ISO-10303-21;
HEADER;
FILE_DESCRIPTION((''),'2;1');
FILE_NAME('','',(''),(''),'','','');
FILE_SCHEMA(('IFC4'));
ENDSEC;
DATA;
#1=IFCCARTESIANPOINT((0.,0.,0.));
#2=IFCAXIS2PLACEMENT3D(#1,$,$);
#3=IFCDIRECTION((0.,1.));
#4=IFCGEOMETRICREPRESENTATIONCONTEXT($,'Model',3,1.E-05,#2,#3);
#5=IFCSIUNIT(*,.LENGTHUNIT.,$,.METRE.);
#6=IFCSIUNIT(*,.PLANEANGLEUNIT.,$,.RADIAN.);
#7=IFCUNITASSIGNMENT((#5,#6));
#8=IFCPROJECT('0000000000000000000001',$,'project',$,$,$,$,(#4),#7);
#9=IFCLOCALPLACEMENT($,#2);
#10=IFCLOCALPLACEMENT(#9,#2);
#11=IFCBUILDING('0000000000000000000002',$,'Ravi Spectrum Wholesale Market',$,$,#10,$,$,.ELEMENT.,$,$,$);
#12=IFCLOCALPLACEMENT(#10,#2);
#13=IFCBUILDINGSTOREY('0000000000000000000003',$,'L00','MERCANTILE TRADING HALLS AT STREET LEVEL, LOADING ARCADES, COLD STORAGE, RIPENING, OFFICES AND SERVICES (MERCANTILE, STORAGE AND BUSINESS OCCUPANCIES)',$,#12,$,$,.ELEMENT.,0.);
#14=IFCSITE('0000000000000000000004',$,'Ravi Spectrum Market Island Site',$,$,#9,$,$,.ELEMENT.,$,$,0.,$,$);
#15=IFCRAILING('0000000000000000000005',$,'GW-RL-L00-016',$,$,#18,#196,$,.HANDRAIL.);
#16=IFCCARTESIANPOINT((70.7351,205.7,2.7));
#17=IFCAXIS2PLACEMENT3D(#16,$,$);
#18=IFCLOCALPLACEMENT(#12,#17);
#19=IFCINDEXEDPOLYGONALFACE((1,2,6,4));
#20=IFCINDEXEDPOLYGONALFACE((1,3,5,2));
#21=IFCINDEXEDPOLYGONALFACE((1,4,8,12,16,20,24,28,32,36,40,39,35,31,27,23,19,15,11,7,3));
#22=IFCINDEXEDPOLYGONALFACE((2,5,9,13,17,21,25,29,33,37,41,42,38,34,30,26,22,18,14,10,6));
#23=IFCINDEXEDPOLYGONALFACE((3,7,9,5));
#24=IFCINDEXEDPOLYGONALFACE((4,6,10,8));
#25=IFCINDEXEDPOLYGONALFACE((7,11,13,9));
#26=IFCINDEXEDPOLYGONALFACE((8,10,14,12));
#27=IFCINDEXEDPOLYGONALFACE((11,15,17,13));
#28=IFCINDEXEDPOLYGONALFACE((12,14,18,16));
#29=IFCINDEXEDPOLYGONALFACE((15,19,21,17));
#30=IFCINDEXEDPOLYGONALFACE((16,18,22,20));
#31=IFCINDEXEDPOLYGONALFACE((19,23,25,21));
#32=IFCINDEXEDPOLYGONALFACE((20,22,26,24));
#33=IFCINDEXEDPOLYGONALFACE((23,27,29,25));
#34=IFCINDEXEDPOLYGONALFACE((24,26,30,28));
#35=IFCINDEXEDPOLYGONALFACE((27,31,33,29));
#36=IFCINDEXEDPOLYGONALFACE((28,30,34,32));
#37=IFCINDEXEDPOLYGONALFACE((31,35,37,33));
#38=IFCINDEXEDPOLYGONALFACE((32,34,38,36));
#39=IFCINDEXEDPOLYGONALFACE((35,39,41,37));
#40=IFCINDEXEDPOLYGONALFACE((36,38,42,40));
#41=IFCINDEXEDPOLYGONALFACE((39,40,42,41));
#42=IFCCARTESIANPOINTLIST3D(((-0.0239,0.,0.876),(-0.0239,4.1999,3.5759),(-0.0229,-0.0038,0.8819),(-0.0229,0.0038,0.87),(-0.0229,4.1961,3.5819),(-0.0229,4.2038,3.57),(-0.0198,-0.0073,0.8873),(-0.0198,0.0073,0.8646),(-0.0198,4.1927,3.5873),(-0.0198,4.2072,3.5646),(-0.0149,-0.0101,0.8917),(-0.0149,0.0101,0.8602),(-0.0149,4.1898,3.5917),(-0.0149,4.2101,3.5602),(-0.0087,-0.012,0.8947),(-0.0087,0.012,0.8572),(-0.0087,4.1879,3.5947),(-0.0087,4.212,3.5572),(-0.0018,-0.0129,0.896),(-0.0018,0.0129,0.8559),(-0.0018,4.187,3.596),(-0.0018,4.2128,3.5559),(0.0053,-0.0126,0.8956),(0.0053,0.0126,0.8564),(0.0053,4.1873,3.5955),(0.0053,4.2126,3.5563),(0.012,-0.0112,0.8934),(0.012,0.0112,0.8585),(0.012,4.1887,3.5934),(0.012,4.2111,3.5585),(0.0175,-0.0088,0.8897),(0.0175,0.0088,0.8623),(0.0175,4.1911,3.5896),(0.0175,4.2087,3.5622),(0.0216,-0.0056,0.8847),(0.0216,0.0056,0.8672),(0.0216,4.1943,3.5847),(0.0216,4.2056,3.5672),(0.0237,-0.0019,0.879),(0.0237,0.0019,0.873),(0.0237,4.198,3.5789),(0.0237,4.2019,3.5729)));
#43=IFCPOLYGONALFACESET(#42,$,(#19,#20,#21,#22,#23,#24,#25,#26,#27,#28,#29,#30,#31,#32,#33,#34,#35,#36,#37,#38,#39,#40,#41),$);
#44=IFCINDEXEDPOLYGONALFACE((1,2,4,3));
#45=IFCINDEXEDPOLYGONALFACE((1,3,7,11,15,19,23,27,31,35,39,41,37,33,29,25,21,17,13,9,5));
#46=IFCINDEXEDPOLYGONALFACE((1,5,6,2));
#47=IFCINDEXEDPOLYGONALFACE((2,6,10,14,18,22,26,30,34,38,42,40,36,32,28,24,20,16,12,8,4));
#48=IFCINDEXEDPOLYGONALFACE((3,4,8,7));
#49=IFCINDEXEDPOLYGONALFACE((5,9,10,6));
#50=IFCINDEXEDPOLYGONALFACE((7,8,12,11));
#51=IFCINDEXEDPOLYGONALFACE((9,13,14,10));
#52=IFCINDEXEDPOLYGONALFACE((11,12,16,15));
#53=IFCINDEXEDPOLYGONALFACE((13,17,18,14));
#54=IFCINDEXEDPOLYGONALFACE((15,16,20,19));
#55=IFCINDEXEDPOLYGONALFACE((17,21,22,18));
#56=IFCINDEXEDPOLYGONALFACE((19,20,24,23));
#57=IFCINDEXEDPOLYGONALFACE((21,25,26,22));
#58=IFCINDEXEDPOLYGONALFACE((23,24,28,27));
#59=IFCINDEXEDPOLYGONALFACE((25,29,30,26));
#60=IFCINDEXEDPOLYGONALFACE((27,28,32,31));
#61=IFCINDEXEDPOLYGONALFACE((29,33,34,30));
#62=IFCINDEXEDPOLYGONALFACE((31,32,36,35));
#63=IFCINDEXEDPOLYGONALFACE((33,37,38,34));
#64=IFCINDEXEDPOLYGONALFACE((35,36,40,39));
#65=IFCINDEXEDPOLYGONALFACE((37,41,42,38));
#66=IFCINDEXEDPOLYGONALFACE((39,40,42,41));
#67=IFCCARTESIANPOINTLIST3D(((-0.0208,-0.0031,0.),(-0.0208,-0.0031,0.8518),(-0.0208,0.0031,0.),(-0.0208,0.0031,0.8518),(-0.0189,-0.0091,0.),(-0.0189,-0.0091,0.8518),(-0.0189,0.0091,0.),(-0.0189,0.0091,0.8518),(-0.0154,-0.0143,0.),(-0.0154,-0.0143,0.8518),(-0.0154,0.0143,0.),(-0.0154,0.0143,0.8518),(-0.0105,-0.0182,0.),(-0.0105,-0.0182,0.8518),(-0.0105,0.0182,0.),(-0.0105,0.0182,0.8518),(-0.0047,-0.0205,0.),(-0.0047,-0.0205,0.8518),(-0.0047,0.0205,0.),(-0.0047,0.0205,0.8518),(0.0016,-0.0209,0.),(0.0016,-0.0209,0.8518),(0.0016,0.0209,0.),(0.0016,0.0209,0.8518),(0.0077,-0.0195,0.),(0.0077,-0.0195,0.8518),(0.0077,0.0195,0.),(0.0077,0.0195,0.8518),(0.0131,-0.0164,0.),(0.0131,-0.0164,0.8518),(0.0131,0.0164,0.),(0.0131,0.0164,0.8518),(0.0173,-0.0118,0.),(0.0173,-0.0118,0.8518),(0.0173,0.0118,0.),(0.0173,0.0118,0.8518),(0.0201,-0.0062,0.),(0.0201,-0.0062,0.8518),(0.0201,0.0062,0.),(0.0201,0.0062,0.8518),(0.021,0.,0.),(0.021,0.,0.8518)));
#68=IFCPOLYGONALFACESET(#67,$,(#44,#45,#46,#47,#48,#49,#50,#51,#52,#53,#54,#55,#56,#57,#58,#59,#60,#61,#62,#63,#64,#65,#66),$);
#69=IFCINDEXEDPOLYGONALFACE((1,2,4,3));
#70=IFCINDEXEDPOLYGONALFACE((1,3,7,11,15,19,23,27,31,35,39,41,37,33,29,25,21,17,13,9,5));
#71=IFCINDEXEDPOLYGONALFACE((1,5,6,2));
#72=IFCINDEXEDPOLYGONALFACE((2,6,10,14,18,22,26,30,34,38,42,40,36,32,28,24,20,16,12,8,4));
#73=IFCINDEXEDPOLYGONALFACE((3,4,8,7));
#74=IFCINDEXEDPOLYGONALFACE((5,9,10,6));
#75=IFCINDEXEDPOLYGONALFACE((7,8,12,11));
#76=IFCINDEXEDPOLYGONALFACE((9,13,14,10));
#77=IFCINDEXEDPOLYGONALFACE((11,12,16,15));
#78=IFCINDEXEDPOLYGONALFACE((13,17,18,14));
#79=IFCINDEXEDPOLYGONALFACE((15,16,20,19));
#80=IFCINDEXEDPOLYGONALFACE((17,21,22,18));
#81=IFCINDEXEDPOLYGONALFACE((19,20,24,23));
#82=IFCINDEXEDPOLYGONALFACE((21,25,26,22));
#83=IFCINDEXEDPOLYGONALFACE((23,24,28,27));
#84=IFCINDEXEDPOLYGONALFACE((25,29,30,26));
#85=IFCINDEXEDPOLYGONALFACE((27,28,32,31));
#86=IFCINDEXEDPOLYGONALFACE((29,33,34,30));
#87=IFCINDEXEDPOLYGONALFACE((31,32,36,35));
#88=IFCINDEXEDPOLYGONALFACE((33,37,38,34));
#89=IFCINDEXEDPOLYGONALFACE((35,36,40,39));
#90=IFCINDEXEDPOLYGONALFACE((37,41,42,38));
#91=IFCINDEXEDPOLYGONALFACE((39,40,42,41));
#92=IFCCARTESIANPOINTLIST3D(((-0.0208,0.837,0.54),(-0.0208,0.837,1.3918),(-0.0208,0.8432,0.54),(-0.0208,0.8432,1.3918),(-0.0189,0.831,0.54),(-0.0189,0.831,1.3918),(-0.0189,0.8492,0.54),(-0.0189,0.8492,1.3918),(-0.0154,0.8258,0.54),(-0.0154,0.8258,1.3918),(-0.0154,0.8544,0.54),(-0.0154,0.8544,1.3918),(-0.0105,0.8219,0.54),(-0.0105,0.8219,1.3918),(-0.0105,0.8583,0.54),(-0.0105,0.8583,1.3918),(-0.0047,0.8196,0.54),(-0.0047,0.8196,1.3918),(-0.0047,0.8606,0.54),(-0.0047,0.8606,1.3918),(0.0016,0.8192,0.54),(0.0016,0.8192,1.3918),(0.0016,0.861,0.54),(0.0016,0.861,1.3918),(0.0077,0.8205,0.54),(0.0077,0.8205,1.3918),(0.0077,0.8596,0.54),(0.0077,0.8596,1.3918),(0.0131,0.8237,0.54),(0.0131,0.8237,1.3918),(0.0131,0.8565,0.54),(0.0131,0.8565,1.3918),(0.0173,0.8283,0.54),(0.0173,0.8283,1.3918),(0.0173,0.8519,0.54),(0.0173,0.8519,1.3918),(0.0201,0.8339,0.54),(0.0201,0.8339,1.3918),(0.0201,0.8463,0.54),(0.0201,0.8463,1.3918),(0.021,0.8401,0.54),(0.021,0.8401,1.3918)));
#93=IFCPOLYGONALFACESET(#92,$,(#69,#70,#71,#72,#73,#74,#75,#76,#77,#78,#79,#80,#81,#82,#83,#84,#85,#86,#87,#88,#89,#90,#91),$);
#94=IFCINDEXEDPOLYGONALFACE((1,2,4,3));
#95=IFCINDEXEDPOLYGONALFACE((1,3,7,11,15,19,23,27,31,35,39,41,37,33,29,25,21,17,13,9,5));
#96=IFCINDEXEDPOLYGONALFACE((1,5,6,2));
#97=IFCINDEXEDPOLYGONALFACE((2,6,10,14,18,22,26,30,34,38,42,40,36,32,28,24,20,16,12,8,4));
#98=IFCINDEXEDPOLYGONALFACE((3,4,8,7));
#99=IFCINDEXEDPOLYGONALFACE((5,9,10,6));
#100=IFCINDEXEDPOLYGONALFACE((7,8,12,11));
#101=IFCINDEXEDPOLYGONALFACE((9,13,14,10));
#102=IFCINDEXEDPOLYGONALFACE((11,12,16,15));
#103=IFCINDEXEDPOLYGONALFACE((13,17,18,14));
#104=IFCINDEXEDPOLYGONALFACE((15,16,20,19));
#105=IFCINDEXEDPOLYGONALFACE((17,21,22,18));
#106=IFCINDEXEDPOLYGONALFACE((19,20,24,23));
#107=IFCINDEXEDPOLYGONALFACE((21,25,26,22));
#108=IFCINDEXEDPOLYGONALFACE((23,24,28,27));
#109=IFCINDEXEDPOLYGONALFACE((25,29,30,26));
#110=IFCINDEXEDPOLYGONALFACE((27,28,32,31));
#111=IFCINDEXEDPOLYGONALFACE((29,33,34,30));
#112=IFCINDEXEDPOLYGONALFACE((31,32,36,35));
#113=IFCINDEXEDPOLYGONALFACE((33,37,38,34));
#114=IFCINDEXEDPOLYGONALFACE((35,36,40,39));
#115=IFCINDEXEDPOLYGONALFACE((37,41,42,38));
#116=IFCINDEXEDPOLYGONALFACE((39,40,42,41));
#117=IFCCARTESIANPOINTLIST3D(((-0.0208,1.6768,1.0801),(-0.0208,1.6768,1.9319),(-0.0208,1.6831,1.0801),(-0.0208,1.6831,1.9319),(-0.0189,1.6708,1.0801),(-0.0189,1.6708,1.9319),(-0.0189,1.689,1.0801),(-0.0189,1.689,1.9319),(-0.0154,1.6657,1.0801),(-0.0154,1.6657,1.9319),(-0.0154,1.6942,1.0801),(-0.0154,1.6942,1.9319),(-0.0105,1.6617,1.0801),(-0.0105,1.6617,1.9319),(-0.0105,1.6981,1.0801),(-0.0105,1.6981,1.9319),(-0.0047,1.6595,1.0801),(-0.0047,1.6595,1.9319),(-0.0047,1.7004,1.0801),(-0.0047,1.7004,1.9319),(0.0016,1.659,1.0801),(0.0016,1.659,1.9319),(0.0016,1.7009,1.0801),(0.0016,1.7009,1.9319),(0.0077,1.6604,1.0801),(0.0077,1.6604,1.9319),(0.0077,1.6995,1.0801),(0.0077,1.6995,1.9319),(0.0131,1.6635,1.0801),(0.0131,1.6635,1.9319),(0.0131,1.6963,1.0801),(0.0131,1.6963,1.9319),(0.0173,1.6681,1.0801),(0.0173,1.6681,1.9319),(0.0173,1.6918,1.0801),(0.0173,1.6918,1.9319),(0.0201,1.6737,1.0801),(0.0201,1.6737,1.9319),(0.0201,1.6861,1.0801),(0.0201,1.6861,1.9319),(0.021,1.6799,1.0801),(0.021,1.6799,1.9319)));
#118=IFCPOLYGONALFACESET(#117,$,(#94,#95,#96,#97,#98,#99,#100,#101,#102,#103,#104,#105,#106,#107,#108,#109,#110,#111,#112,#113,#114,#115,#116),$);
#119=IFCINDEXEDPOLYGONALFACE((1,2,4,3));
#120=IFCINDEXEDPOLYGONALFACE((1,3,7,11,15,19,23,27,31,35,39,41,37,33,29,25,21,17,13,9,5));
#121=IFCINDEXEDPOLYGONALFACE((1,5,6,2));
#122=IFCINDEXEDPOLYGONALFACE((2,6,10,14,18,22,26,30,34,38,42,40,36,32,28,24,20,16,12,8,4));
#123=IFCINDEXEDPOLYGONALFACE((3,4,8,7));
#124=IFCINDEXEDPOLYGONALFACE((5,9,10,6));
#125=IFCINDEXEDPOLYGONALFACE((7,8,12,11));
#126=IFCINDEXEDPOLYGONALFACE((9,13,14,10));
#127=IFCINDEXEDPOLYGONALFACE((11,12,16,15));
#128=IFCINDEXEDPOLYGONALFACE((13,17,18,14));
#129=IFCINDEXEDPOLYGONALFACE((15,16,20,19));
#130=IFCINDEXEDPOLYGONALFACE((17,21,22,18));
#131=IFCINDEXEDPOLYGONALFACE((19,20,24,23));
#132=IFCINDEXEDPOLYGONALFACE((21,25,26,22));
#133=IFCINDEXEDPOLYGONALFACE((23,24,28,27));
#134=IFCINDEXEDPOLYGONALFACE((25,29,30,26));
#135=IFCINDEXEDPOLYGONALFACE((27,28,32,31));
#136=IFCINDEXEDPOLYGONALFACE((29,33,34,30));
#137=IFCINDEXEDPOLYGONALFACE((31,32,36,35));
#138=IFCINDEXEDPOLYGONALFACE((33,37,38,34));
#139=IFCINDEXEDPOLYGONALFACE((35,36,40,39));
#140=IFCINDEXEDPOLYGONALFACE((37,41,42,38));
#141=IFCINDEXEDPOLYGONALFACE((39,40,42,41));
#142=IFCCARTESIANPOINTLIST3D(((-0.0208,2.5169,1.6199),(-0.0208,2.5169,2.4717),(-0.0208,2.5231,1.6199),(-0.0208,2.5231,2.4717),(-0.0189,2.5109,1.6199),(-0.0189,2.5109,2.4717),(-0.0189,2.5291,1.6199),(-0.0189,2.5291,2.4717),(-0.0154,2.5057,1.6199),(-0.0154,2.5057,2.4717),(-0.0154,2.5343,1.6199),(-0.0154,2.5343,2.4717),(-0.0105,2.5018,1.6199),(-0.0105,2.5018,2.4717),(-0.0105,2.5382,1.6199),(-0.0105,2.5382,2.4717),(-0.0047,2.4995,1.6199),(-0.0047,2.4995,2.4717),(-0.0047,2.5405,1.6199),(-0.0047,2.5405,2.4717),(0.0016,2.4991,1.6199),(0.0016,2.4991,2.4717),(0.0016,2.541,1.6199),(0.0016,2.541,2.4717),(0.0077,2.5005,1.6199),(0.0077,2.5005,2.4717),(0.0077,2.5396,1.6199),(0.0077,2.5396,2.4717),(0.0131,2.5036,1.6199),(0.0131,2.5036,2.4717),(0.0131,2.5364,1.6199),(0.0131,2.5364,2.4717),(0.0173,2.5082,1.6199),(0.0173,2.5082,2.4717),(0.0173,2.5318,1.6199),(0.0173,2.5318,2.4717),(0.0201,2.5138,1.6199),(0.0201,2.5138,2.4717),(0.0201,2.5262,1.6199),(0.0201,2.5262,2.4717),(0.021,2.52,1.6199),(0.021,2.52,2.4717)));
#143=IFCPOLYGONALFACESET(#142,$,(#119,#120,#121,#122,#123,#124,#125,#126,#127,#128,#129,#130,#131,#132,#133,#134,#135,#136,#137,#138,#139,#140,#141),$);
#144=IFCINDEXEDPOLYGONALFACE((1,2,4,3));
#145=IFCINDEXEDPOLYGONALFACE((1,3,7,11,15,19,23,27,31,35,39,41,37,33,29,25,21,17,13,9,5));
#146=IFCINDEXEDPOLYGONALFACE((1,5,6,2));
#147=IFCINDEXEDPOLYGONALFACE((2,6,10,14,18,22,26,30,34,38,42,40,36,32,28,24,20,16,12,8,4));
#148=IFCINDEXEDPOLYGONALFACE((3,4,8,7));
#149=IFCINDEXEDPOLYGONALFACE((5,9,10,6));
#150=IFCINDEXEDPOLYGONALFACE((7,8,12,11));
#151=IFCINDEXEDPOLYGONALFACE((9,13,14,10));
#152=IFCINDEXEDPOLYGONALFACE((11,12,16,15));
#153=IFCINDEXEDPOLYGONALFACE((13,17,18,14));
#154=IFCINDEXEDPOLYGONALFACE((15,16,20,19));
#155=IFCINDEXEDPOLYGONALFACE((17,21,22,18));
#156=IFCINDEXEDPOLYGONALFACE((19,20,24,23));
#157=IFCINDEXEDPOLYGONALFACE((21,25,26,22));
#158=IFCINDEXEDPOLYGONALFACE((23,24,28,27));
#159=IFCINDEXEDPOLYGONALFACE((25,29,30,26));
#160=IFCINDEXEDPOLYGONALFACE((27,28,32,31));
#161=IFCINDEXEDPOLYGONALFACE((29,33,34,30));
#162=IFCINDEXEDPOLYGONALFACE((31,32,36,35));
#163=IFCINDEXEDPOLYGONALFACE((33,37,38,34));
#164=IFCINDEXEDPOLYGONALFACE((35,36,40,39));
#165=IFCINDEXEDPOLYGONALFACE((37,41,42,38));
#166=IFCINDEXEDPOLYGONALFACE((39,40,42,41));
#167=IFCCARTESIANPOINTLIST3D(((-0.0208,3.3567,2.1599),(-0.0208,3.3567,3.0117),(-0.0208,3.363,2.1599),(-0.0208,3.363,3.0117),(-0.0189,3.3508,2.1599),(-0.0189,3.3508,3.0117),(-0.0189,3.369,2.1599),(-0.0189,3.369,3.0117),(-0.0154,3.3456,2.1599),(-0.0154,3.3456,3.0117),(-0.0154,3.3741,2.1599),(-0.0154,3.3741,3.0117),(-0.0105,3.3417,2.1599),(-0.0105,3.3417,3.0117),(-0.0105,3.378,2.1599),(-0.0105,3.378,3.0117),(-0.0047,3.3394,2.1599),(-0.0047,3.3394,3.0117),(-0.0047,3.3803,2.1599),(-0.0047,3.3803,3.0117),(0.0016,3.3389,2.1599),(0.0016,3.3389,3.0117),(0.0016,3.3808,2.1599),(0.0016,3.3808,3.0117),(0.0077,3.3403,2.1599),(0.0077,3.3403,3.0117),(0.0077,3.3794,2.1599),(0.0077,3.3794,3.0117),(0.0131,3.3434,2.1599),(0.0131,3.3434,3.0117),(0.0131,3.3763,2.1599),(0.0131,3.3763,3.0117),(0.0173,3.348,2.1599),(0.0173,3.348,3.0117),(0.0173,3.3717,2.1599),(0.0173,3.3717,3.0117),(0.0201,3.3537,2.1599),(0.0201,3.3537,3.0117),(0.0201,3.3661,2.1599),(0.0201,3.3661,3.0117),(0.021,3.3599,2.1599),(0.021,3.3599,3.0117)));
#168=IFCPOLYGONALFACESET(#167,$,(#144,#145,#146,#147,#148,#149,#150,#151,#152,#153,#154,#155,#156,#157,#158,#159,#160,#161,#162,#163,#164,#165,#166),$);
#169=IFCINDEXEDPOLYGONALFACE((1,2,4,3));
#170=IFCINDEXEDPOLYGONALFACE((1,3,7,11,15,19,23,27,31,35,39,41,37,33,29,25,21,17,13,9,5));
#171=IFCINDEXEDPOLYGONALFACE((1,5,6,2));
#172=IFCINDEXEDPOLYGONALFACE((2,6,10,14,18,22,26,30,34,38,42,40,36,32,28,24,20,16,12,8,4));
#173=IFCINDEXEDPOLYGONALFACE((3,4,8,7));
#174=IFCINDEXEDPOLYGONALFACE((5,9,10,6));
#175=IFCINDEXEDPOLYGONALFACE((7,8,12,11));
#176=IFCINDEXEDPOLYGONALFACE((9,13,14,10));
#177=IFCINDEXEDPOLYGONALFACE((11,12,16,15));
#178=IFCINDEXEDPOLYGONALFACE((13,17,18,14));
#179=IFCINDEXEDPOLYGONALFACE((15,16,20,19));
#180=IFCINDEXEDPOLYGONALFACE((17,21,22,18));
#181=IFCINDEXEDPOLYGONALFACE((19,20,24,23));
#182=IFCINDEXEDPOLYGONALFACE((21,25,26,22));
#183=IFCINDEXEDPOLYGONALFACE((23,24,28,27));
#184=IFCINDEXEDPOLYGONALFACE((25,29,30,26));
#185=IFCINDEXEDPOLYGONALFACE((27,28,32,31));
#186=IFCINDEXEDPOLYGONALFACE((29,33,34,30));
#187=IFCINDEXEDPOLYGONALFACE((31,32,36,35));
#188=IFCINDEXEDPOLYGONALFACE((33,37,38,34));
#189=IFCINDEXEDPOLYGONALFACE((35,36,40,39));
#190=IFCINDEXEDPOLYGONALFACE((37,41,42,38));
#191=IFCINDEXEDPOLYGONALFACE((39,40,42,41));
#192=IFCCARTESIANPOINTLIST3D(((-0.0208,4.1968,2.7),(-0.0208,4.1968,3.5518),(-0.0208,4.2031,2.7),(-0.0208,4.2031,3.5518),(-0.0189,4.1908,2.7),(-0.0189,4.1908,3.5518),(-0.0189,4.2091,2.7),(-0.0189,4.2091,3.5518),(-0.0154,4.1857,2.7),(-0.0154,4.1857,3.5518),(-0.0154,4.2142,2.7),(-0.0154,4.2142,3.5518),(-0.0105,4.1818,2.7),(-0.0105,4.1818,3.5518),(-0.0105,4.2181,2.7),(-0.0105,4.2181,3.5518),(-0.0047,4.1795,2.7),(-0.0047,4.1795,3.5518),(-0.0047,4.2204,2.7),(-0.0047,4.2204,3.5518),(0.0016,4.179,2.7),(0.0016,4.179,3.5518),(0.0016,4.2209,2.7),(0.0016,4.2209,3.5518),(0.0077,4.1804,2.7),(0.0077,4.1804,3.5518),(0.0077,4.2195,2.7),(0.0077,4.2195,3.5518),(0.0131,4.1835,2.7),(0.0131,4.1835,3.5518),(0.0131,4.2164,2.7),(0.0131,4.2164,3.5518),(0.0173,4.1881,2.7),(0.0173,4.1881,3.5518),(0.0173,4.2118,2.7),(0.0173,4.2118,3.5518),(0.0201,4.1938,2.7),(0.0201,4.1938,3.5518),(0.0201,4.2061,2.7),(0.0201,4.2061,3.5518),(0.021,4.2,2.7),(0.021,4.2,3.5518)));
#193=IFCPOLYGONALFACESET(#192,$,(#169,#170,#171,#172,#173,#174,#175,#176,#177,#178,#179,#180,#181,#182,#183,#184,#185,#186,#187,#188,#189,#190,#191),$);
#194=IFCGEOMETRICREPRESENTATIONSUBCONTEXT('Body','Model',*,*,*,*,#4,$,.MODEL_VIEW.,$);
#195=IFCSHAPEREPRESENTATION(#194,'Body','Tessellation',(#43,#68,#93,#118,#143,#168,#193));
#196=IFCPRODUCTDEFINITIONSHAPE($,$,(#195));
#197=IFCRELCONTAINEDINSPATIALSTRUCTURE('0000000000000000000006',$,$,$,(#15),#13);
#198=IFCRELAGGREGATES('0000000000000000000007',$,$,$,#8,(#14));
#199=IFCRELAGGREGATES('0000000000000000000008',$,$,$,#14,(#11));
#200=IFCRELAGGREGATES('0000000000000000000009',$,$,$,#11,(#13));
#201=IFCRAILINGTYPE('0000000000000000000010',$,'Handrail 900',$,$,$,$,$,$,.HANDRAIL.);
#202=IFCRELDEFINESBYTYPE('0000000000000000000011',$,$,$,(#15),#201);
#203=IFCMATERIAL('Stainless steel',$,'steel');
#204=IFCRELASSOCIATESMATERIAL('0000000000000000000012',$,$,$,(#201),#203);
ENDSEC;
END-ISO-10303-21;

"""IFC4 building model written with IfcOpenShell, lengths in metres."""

from ifc_helpers import new_model, si_unit, direction, frame, origin, origin_2d, place, context, subcontext, project, spatial, circle, extrude, material, type_object, element, save


model = new_model("IFC4")

# Units and contexts
model_context = context("Model", 3, precision=1e-05, world=origin(), true_north=direction((0.0, 1.0)))
body_context = subcontext(model_context, "Body", "Model", "MODEL_VIEW")
ifc_project = project(units=[si_unit("LENGTHUNIT", "METRE"), si_unit("PLANEANGLEUNIT", "RADIAN")], contexts=[model_context])

# Site, building, storey
site_placement = place(None, origin())
site = spatial("IfcSite", under=ifc_project, at=site_placement, Name="Ravi Spectrum Market Island Site", CompositionType="ELEMENT", RefElevation=0.0)
building_placement = place(site_placement, origin())
building = spatial("IfcBuilding", under=site, at=building_placement, Name="Ravi Spectrum Wholesale Market", CompositionType="ELEMENT")
storey_placement = place(building_placement, origin())
storey = spatial("IfcBuildingStorey", under=building, at=storey_placement, Name="L00", Description="MERCANTILE TRADING HALLS AT STREET LEVEL, LOADING ARCADES, COLD STORAGE, RIPENING, OFFICES AND SERVICES (MERCANTILE, STORAGE AND BUSINESS OCCUPANCIES)", CompositionType="ELEMENT", Elevation=0.0)

# Railing
ifc_material_1 = material(Name="Stainless steel", Category="steel")
railing_type_1 = type_object("IfcRailingType", Name="Handrail 900", PredefinedType="HANDRAIL", material=ifc_material_1)
railing_1_placement = place(storey_placement, frame((70.7351, 205.7, 2.7)))
element("IfcRailing", 1, at=railing_1_placement, inside=storey, type_object=railing_type_1, Name="GW-RL-L00-016", PredefinedType="HANDRAIL", context=body_context, shape_type="SweptSolid", body=[
    extrude(circle(Radius=0.0239, at=origin_2d()), frame((0.0, 0.0, 0.876), z_axis=(0.0, 0.84118, 0.540755), x_axis=(-1.0, 0.0, 0.0)), (0.0, 0.0, 1.0), 4.9929),
    extrude(circle(Radius=0.021, at=origin_2d()), origin(), (0.0, 0.0, 1.0), 0.8518),
    extrude(circle(Radius=0.021, at=origin_2d()), frame((0.0, 0.8401, 0.54)), (0.0, 0.0, 1.0), 0.8518),
    extrude(circle(Radius=0.021, at=origin_2d()), frame((0.0, 1.6799, 1.0801)), (0.0, 0.0, 1.0), 0.8518),
    extrude(circle(Radius=0.021, at=origin_2d()), frame((0.0, 2.52, 1.6199)), (0.0, 0.0, 1.0), 0.8518),
    extrude(circle(Radius=0.021, at=origin_2d()), frame((0.0, 3.3599, 2.1599)), (0.0, 0.0, 1.0), 0.8518),
    extrude(circle(Radius=0.021, at=origin_2d()), frame((0.0, 4.2, 2.7)), (0.0, 0.0, 1.0), 0.8518),
])

save(model, "model.ifc")
